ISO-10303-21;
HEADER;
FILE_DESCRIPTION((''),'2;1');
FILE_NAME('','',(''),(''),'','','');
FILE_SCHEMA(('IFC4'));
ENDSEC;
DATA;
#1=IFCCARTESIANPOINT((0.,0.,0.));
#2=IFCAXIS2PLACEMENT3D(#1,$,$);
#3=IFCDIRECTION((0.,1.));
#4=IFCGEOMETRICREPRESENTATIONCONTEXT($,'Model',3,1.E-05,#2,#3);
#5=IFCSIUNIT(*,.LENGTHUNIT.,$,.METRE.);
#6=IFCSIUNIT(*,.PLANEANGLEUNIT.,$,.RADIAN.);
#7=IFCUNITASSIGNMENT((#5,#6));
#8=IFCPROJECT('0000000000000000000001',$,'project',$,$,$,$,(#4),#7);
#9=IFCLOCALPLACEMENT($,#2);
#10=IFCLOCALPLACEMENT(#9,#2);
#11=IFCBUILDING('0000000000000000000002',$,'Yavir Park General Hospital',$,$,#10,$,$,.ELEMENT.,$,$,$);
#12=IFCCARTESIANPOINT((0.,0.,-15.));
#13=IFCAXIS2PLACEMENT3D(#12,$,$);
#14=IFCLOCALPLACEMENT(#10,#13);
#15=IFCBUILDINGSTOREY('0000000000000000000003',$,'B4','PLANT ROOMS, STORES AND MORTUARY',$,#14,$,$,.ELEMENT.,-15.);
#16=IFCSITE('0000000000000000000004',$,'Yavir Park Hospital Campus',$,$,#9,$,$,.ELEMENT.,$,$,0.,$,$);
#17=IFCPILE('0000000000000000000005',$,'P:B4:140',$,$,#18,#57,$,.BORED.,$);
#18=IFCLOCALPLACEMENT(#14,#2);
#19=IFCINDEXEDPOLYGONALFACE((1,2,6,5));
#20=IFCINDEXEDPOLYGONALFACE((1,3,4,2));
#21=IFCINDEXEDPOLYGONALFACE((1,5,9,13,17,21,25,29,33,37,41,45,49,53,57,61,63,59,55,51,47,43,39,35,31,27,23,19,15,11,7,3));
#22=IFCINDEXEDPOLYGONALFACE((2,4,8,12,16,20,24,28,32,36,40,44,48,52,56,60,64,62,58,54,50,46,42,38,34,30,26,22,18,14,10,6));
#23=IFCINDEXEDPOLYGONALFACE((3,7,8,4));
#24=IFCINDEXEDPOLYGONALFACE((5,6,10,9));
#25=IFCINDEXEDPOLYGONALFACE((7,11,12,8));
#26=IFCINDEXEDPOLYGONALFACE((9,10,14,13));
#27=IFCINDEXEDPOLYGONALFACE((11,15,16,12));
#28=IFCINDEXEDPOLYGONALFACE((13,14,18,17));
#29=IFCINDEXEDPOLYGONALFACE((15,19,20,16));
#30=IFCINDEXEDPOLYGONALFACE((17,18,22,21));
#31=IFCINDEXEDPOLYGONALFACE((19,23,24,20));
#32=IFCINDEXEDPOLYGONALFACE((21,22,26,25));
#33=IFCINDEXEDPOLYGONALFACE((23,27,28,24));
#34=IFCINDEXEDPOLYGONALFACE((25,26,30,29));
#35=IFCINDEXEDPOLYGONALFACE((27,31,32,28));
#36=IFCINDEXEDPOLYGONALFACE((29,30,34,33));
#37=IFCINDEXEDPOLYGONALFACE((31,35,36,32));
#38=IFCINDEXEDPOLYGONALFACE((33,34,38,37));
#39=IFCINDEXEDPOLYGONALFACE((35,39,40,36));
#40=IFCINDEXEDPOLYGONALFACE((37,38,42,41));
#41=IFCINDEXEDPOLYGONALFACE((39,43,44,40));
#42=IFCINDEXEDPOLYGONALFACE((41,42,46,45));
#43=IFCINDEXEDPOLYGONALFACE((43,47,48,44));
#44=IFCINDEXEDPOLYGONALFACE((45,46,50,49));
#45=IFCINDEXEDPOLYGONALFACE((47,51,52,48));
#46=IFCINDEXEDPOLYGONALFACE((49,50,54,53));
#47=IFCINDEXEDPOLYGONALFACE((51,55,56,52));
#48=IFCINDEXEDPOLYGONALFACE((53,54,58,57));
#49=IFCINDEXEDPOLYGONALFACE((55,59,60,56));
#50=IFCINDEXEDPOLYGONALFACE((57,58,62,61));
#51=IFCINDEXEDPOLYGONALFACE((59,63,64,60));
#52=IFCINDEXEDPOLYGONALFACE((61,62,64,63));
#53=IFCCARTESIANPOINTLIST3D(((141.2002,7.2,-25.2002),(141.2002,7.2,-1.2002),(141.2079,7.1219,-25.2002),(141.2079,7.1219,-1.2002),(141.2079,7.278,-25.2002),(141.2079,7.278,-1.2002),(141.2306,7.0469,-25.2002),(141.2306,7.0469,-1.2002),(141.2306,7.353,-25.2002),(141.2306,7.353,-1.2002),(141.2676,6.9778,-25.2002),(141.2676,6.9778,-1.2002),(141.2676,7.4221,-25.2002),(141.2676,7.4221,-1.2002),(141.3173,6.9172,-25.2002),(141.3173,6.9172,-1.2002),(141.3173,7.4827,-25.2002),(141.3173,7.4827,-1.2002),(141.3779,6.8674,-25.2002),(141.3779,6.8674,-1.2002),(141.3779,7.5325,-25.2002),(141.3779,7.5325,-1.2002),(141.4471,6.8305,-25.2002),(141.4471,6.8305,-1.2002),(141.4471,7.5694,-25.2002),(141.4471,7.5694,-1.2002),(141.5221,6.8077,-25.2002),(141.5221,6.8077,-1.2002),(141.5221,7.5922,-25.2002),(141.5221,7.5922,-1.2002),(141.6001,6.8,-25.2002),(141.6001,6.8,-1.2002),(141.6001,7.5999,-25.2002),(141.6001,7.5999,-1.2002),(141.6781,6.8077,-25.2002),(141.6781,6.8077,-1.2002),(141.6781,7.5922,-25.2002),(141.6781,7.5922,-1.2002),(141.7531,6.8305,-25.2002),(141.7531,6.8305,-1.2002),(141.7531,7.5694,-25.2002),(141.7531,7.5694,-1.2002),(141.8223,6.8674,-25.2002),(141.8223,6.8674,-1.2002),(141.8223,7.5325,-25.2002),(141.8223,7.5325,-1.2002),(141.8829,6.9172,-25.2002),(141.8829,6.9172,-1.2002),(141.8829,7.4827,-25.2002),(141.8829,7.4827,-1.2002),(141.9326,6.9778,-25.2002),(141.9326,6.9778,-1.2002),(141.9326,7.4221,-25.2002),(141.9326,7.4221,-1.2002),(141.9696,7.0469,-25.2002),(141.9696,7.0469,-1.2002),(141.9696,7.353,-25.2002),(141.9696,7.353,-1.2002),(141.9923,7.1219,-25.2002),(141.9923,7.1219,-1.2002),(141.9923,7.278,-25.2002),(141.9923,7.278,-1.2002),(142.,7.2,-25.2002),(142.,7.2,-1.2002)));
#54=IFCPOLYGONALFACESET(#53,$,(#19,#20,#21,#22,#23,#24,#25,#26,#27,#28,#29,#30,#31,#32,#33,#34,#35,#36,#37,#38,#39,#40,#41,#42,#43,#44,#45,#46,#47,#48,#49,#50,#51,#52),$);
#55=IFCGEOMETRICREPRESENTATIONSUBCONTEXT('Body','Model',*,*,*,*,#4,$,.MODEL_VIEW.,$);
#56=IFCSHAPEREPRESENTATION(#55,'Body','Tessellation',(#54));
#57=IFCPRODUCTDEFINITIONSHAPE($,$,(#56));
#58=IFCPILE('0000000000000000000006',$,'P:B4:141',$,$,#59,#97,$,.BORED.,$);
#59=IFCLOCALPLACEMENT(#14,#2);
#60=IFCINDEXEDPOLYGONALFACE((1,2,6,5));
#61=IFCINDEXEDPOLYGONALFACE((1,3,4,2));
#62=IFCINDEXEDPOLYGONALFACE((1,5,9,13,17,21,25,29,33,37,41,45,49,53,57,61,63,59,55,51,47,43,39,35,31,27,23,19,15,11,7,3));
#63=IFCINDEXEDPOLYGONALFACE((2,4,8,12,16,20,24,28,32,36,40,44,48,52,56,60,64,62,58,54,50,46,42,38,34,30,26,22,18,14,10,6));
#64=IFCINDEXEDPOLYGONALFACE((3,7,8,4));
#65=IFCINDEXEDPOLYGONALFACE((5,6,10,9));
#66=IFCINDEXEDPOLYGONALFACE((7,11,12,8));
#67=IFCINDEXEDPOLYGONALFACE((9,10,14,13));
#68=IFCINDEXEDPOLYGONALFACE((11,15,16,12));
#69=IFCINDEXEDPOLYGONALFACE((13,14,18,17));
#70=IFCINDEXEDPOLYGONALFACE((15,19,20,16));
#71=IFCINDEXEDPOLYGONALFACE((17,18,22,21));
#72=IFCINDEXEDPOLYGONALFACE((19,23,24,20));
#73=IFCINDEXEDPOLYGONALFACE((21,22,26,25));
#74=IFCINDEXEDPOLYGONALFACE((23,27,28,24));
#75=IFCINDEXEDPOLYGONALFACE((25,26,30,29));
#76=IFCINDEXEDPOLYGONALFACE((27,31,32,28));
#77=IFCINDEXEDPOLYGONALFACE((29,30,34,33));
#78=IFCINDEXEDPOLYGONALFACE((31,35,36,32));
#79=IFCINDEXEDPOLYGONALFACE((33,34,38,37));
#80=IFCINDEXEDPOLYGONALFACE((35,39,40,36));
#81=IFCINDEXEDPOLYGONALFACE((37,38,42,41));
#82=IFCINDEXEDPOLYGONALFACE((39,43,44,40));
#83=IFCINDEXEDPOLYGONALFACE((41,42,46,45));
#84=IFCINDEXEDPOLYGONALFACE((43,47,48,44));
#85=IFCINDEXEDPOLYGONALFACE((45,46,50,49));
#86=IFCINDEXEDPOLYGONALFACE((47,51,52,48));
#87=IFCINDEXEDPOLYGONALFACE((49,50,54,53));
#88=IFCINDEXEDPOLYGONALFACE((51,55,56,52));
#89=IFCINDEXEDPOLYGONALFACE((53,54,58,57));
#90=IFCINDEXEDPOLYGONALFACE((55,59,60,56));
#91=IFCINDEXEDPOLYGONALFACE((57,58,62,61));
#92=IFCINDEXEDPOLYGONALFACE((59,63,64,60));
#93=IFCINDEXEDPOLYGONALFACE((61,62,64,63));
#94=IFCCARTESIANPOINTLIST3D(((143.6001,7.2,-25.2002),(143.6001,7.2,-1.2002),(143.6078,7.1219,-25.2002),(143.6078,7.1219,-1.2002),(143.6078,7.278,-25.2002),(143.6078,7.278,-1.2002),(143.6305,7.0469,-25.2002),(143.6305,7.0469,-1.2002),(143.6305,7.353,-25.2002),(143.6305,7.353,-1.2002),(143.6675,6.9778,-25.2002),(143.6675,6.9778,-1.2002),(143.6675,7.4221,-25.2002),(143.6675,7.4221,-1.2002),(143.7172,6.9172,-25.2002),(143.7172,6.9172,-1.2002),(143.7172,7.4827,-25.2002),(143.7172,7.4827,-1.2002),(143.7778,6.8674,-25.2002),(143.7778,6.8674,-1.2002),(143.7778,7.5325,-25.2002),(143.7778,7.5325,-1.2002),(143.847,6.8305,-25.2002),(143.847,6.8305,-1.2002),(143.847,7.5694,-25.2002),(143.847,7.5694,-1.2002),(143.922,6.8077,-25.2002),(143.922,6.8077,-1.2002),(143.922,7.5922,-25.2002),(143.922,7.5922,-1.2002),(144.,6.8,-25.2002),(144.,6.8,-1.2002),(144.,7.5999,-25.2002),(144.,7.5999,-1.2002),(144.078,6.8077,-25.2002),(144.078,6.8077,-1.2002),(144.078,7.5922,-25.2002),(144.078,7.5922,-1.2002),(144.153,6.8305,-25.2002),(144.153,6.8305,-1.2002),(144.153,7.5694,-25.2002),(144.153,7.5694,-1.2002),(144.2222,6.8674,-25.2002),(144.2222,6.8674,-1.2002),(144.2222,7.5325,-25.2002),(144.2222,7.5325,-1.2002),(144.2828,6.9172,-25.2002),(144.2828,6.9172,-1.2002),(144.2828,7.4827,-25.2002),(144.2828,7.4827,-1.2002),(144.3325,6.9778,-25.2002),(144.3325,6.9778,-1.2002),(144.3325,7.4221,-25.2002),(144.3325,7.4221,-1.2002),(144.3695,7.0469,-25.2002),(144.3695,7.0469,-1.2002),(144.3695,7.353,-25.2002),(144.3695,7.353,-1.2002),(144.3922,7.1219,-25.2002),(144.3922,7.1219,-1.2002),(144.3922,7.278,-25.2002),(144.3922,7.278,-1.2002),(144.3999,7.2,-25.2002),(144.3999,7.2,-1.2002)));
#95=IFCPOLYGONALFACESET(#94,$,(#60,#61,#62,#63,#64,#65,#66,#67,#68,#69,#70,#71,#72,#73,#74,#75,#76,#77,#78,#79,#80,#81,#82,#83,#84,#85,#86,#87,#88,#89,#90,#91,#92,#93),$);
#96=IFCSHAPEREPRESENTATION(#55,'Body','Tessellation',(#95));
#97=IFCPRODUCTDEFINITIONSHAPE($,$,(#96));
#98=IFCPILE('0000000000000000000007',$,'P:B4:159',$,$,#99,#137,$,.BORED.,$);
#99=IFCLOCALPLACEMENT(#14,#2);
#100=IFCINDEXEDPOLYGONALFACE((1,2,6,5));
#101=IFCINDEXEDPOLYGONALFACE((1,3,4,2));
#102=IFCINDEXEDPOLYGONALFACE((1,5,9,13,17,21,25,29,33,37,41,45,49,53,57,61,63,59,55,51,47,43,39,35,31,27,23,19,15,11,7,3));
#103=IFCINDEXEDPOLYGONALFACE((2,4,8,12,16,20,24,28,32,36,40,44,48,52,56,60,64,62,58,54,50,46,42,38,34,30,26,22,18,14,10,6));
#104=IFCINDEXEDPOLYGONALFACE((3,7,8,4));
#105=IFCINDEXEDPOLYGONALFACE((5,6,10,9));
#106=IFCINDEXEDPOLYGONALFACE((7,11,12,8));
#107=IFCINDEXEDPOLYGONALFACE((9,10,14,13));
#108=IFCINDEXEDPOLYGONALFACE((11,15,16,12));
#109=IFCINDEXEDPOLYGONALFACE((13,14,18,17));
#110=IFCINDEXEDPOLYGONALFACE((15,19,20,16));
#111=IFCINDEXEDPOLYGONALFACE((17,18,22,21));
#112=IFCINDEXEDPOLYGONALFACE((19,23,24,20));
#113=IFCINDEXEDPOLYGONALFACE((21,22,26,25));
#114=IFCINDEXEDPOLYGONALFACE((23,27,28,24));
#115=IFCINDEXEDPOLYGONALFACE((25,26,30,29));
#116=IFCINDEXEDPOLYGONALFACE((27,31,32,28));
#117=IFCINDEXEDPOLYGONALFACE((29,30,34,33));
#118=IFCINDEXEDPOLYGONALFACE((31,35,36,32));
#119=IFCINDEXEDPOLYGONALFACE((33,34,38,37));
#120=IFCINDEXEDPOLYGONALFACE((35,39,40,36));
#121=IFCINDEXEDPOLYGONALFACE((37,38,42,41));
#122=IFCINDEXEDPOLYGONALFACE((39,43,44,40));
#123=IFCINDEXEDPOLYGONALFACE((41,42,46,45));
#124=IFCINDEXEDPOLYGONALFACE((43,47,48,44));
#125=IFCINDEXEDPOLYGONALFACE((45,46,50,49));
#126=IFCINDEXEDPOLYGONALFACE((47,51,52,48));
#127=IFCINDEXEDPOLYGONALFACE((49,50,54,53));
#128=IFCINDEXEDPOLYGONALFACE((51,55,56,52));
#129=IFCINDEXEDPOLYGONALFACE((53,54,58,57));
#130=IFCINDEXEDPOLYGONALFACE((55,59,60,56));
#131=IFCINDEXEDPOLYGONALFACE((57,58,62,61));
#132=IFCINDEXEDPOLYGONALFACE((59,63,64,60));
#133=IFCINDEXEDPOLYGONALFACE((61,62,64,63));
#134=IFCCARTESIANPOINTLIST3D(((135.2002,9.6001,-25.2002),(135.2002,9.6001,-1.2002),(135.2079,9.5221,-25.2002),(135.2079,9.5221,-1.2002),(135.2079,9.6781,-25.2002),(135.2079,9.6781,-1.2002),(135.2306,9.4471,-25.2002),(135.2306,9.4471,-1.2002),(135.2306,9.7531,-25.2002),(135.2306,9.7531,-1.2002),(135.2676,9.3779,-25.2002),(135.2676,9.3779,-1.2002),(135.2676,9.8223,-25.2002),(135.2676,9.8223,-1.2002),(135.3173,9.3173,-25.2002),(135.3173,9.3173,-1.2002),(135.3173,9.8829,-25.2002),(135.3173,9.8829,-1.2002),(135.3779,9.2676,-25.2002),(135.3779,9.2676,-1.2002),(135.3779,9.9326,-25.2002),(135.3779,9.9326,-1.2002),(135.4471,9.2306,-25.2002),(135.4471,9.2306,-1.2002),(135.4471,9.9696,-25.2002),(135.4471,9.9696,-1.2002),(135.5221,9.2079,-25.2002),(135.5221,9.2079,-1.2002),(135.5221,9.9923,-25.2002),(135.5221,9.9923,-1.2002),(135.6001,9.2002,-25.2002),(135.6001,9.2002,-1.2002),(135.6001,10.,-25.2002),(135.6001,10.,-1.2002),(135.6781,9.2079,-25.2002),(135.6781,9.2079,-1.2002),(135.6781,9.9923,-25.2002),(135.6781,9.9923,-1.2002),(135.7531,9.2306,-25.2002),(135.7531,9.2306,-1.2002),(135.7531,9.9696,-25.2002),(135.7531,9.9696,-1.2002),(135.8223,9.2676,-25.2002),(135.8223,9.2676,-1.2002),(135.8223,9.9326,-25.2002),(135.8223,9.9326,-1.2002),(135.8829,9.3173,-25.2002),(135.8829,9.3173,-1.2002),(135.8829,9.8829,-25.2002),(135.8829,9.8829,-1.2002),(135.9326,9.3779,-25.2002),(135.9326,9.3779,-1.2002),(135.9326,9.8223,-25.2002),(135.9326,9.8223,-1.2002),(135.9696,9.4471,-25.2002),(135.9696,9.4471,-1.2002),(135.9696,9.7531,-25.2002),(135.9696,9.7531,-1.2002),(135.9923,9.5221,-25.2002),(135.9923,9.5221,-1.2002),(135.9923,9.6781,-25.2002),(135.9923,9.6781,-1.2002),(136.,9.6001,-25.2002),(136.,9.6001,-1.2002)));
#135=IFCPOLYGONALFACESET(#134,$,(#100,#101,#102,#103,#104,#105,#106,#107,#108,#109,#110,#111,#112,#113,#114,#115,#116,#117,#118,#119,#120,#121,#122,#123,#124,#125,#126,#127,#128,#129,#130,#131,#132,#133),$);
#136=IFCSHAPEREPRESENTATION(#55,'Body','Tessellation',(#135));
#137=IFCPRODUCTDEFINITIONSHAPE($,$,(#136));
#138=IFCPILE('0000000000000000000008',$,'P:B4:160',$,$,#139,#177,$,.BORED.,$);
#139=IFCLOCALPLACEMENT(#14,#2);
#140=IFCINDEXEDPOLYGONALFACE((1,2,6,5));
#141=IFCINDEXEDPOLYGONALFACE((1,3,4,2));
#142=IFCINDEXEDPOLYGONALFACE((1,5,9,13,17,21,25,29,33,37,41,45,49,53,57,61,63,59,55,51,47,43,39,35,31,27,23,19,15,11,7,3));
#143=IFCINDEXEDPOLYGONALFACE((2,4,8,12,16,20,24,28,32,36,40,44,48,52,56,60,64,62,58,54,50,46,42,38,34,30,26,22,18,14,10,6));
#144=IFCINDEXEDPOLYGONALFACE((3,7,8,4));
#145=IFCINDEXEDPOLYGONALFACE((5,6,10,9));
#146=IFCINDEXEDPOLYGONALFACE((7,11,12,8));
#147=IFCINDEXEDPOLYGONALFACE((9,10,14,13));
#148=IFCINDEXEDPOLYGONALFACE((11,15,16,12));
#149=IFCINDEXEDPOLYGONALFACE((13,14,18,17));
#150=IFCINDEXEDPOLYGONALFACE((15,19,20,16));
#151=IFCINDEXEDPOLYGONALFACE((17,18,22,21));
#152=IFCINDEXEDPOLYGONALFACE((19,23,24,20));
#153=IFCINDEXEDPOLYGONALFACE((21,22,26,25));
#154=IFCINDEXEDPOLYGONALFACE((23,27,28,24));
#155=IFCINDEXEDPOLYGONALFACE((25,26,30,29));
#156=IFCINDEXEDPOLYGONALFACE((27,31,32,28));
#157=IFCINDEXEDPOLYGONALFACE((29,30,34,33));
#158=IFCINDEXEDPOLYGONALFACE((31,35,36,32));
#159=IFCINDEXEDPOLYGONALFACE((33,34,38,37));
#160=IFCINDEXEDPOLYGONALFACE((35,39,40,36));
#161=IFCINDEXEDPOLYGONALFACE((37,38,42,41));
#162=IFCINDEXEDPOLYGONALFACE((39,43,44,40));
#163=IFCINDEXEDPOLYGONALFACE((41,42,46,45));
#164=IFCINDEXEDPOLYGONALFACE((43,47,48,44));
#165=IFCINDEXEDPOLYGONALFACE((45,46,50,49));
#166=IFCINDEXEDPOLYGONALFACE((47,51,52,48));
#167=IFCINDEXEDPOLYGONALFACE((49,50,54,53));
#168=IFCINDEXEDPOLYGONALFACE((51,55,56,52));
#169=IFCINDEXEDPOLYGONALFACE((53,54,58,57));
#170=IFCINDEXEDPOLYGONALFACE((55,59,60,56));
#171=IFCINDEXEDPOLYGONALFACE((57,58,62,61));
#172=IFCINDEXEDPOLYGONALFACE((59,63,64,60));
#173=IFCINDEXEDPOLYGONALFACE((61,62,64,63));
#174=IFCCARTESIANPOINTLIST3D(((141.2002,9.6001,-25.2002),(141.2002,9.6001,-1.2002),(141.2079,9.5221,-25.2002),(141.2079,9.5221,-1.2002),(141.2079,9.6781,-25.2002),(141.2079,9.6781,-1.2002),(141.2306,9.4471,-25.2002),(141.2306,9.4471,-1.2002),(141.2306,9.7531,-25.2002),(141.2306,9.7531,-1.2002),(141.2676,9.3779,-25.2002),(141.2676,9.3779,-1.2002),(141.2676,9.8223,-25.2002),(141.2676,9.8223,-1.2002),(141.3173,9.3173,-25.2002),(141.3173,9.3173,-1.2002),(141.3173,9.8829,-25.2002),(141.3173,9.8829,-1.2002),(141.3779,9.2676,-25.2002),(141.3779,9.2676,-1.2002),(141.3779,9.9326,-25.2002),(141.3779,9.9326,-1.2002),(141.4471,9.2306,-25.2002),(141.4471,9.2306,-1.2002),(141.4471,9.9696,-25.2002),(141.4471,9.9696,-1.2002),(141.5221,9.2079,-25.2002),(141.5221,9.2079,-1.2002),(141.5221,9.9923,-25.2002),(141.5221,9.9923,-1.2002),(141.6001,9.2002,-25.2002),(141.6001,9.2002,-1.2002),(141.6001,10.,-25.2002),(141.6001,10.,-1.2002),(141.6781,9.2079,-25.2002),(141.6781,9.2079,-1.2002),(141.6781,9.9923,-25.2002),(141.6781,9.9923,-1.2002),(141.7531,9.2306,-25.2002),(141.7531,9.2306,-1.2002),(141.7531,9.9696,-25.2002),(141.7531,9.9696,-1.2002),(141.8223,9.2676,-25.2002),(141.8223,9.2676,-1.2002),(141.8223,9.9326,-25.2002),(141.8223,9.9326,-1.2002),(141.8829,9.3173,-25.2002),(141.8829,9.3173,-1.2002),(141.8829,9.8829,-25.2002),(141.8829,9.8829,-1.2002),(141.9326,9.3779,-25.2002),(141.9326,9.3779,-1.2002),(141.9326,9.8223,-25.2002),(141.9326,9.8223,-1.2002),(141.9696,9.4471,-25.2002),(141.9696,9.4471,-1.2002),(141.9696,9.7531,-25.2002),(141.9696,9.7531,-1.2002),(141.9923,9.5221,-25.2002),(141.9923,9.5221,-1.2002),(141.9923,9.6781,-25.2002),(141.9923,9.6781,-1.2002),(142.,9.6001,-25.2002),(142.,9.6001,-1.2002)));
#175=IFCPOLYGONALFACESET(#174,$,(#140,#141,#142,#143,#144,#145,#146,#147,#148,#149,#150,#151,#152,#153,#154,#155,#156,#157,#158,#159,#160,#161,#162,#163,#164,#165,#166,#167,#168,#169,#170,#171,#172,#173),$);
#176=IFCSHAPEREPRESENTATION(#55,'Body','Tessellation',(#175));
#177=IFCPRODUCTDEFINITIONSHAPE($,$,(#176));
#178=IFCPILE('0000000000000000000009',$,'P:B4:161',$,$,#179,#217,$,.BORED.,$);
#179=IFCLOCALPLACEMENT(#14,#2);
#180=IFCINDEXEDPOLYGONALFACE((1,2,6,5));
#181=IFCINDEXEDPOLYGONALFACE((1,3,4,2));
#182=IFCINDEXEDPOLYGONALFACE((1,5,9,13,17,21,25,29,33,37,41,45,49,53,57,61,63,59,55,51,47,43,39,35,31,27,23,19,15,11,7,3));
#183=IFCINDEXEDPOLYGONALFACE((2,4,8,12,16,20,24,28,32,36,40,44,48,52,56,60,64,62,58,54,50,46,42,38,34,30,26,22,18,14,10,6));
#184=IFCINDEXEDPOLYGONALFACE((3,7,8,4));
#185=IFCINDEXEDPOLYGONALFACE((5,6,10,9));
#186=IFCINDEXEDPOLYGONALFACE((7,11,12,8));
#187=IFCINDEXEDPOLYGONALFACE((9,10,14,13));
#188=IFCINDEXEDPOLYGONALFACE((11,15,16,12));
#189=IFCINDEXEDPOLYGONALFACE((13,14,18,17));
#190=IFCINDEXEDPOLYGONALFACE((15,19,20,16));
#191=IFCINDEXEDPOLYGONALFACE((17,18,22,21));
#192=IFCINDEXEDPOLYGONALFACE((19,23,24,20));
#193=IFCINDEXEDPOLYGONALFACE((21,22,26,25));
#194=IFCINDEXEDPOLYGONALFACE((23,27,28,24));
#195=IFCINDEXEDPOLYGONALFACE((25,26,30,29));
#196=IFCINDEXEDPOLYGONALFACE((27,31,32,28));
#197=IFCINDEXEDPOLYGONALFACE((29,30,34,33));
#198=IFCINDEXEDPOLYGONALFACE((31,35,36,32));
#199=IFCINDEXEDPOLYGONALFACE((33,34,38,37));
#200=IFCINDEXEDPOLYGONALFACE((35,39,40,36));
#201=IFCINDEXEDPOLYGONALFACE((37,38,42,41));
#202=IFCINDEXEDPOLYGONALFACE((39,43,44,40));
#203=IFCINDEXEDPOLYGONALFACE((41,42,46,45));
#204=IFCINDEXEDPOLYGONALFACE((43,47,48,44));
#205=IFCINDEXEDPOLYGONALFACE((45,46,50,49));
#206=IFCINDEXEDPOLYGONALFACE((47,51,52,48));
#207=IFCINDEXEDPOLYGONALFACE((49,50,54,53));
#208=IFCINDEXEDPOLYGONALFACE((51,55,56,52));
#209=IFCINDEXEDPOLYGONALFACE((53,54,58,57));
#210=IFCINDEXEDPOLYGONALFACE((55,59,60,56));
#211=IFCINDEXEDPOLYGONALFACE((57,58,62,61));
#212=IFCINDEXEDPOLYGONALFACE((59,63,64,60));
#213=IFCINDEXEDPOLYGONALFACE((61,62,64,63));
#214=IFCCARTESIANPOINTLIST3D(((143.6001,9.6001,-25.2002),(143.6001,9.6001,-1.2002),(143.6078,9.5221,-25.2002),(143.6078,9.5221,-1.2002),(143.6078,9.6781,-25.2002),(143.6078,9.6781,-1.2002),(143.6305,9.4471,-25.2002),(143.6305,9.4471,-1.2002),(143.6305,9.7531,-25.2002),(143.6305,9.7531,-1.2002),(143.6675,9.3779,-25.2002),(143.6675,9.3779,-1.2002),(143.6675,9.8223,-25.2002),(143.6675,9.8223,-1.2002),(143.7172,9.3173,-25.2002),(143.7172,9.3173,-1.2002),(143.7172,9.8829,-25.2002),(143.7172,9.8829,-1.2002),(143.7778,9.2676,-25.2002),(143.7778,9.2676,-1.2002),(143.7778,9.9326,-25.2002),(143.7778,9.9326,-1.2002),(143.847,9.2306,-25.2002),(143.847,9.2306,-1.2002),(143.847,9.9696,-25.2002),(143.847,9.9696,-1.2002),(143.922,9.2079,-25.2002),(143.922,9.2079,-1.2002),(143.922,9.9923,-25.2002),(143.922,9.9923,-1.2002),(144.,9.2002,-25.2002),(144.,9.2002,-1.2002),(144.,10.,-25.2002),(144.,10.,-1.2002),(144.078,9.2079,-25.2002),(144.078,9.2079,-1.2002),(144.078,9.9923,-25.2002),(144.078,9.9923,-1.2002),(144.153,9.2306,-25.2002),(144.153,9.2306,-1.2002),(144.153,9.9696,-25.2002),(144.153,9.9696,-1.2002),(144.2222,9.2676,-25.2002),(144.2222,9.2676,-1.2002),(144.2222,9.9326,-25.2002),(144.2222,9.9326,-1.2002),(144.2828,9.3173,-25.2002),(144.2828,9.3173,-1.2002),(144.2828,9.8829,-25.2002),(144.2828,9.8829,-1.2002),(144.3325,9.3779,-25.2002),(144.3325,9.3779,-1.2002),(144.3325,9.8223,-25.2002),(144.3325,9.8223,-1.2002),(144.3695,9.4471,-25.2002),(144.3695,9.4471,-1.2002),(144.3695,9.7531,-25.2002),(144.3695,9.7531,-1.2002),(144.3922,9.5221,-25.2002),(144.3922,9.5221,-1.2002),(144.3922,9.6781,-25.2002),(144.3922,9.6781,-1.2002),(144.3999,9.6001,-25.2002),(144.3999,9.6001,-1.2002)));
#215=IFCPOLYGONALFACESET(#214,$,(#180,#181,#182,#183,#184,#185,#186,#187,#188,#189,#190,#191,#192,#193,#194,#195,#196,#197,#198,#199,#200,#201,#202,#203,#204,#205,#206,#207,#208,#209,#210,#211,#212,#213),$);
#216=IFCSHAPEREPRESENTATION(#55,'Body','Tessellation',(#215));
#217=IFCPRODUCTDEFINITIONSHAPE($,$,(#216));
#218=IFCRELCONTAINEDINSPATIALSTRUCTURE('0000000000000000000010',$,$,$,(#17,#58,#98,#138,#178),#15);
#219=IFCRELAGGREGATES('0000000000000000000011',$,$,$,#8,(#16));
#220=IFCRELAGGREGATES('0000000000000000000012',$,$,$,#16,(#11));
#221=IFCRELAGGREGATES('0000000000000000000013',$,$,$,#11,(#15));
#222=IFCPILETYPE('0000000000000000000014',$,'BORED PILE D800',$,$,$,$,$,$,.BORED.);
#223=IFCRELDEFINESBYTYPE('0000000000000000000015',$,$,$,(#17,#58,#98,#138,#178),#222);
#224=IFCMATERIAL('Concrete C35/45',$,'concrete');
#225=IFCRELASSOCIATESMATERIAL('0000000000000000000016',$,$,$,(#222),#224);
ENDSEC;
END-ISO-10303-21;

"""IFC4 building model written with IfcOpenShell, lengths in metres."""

from ifc_helpers import new_model, si_unit, direction, frame, origin, origin_2d, place, context, subcontext, project, spatial, circle, extrude, material, material_profile, profile_set, type_object, element, save


model = new_model("IFC4")

# Units and contexts
model_context = context("Model", 3, precision=1e-05, world=origin(), true_north=direction((0.0, 1.0)))
body_context = subcontext(model_context, "Body", "Model", "MODEL_VIEW")
ifc_project = project(units=[si_unit("LENGTHUNIT", "METRE"), si_unit("PLANEANGLEUNIT", "RADIAN")], contexts=[model_context])

# Site, building, storey
site_placement = place(None, origin())
site = spatial("IfcSite", under=ifc_project, at=site_placement, Name="Yavir Park Hospital Campus", CompositionType="ELEMENT", RefElevation=0.0)
building_placement = place(site_placement, origin())
building = spatial("IfcBuilding", under=site, at=building_placement, Name="Yavir Park General Hospital", CompositionType="ELEMENT")
storey_placement = place(building_placement, frame((0.0, 0.0, -15.0)))
storey = spatial("IfcBuildingStorey", under=building, at=storey_placement, Name="B4", Description="PLANT ROOMS, STORES AND MORTUARY", CompositionType="ELEMENT", Elevation=-15.0)

# Piles
ifc_material_1 = material(Name="Concrete C35/45", Category="concrete")
ifc_material_profile_1 = material_profile(ifc_material_1, circle(Radius=0.3999, at=origin_2d()), Name="D800")
ifc_profile_set_1 = profile_set([ifc_material_profile_1], Name="Concrete C35/45")
pile_type = type_object("IfcPileType", Name="BORED PILE D800", PredefinedType="BORED", material=ifc_profile_set_1)
for number, where, z_axis, x_axis, name in (
    (1, (141.6001, 7.2, -1.2002), (0.0, 0.0, -1.0), (1.0, 0.0, 0.0), "P:B4:140"),
    (2, (144.0, 7.2, -1.2002), (0.0, 0.0, -1.0), (1.0, 0.0, 0.0), "P:B4:141"),
    (3, (135.6001, 9.6001, -1.2002), (0.0, 0.0, -1.0), (1.0, 0.0, 0.0), "P:B4:159"),
    (4, (141.6001, 9.6001, -1.2002), (0.0, 0.0, -1.0), (1.0, 0.0, 0.0), "P:B4:160"),
    (5, (144.0, 9.6001, -1.2002), (0.0, 0.0, -1.0), (1.0, 0.0, 0.0), "P:B4:161"),
):
    element("IfcPile", number, at=place(storey_placement, frame(where, z_axis=z_axis, x_axis=x_axis)), inside=storey, type_object=pile_type, Name=name, PredefinedType="BORED", context=body_context, shape_type="SweptSolid", body=[
        extrude(circle(Radius=0.3999, at=origin_2d()), origin(), (0.0, 0.0, 1.0), 24.0),
    ])

save(model, "model.ifc")
